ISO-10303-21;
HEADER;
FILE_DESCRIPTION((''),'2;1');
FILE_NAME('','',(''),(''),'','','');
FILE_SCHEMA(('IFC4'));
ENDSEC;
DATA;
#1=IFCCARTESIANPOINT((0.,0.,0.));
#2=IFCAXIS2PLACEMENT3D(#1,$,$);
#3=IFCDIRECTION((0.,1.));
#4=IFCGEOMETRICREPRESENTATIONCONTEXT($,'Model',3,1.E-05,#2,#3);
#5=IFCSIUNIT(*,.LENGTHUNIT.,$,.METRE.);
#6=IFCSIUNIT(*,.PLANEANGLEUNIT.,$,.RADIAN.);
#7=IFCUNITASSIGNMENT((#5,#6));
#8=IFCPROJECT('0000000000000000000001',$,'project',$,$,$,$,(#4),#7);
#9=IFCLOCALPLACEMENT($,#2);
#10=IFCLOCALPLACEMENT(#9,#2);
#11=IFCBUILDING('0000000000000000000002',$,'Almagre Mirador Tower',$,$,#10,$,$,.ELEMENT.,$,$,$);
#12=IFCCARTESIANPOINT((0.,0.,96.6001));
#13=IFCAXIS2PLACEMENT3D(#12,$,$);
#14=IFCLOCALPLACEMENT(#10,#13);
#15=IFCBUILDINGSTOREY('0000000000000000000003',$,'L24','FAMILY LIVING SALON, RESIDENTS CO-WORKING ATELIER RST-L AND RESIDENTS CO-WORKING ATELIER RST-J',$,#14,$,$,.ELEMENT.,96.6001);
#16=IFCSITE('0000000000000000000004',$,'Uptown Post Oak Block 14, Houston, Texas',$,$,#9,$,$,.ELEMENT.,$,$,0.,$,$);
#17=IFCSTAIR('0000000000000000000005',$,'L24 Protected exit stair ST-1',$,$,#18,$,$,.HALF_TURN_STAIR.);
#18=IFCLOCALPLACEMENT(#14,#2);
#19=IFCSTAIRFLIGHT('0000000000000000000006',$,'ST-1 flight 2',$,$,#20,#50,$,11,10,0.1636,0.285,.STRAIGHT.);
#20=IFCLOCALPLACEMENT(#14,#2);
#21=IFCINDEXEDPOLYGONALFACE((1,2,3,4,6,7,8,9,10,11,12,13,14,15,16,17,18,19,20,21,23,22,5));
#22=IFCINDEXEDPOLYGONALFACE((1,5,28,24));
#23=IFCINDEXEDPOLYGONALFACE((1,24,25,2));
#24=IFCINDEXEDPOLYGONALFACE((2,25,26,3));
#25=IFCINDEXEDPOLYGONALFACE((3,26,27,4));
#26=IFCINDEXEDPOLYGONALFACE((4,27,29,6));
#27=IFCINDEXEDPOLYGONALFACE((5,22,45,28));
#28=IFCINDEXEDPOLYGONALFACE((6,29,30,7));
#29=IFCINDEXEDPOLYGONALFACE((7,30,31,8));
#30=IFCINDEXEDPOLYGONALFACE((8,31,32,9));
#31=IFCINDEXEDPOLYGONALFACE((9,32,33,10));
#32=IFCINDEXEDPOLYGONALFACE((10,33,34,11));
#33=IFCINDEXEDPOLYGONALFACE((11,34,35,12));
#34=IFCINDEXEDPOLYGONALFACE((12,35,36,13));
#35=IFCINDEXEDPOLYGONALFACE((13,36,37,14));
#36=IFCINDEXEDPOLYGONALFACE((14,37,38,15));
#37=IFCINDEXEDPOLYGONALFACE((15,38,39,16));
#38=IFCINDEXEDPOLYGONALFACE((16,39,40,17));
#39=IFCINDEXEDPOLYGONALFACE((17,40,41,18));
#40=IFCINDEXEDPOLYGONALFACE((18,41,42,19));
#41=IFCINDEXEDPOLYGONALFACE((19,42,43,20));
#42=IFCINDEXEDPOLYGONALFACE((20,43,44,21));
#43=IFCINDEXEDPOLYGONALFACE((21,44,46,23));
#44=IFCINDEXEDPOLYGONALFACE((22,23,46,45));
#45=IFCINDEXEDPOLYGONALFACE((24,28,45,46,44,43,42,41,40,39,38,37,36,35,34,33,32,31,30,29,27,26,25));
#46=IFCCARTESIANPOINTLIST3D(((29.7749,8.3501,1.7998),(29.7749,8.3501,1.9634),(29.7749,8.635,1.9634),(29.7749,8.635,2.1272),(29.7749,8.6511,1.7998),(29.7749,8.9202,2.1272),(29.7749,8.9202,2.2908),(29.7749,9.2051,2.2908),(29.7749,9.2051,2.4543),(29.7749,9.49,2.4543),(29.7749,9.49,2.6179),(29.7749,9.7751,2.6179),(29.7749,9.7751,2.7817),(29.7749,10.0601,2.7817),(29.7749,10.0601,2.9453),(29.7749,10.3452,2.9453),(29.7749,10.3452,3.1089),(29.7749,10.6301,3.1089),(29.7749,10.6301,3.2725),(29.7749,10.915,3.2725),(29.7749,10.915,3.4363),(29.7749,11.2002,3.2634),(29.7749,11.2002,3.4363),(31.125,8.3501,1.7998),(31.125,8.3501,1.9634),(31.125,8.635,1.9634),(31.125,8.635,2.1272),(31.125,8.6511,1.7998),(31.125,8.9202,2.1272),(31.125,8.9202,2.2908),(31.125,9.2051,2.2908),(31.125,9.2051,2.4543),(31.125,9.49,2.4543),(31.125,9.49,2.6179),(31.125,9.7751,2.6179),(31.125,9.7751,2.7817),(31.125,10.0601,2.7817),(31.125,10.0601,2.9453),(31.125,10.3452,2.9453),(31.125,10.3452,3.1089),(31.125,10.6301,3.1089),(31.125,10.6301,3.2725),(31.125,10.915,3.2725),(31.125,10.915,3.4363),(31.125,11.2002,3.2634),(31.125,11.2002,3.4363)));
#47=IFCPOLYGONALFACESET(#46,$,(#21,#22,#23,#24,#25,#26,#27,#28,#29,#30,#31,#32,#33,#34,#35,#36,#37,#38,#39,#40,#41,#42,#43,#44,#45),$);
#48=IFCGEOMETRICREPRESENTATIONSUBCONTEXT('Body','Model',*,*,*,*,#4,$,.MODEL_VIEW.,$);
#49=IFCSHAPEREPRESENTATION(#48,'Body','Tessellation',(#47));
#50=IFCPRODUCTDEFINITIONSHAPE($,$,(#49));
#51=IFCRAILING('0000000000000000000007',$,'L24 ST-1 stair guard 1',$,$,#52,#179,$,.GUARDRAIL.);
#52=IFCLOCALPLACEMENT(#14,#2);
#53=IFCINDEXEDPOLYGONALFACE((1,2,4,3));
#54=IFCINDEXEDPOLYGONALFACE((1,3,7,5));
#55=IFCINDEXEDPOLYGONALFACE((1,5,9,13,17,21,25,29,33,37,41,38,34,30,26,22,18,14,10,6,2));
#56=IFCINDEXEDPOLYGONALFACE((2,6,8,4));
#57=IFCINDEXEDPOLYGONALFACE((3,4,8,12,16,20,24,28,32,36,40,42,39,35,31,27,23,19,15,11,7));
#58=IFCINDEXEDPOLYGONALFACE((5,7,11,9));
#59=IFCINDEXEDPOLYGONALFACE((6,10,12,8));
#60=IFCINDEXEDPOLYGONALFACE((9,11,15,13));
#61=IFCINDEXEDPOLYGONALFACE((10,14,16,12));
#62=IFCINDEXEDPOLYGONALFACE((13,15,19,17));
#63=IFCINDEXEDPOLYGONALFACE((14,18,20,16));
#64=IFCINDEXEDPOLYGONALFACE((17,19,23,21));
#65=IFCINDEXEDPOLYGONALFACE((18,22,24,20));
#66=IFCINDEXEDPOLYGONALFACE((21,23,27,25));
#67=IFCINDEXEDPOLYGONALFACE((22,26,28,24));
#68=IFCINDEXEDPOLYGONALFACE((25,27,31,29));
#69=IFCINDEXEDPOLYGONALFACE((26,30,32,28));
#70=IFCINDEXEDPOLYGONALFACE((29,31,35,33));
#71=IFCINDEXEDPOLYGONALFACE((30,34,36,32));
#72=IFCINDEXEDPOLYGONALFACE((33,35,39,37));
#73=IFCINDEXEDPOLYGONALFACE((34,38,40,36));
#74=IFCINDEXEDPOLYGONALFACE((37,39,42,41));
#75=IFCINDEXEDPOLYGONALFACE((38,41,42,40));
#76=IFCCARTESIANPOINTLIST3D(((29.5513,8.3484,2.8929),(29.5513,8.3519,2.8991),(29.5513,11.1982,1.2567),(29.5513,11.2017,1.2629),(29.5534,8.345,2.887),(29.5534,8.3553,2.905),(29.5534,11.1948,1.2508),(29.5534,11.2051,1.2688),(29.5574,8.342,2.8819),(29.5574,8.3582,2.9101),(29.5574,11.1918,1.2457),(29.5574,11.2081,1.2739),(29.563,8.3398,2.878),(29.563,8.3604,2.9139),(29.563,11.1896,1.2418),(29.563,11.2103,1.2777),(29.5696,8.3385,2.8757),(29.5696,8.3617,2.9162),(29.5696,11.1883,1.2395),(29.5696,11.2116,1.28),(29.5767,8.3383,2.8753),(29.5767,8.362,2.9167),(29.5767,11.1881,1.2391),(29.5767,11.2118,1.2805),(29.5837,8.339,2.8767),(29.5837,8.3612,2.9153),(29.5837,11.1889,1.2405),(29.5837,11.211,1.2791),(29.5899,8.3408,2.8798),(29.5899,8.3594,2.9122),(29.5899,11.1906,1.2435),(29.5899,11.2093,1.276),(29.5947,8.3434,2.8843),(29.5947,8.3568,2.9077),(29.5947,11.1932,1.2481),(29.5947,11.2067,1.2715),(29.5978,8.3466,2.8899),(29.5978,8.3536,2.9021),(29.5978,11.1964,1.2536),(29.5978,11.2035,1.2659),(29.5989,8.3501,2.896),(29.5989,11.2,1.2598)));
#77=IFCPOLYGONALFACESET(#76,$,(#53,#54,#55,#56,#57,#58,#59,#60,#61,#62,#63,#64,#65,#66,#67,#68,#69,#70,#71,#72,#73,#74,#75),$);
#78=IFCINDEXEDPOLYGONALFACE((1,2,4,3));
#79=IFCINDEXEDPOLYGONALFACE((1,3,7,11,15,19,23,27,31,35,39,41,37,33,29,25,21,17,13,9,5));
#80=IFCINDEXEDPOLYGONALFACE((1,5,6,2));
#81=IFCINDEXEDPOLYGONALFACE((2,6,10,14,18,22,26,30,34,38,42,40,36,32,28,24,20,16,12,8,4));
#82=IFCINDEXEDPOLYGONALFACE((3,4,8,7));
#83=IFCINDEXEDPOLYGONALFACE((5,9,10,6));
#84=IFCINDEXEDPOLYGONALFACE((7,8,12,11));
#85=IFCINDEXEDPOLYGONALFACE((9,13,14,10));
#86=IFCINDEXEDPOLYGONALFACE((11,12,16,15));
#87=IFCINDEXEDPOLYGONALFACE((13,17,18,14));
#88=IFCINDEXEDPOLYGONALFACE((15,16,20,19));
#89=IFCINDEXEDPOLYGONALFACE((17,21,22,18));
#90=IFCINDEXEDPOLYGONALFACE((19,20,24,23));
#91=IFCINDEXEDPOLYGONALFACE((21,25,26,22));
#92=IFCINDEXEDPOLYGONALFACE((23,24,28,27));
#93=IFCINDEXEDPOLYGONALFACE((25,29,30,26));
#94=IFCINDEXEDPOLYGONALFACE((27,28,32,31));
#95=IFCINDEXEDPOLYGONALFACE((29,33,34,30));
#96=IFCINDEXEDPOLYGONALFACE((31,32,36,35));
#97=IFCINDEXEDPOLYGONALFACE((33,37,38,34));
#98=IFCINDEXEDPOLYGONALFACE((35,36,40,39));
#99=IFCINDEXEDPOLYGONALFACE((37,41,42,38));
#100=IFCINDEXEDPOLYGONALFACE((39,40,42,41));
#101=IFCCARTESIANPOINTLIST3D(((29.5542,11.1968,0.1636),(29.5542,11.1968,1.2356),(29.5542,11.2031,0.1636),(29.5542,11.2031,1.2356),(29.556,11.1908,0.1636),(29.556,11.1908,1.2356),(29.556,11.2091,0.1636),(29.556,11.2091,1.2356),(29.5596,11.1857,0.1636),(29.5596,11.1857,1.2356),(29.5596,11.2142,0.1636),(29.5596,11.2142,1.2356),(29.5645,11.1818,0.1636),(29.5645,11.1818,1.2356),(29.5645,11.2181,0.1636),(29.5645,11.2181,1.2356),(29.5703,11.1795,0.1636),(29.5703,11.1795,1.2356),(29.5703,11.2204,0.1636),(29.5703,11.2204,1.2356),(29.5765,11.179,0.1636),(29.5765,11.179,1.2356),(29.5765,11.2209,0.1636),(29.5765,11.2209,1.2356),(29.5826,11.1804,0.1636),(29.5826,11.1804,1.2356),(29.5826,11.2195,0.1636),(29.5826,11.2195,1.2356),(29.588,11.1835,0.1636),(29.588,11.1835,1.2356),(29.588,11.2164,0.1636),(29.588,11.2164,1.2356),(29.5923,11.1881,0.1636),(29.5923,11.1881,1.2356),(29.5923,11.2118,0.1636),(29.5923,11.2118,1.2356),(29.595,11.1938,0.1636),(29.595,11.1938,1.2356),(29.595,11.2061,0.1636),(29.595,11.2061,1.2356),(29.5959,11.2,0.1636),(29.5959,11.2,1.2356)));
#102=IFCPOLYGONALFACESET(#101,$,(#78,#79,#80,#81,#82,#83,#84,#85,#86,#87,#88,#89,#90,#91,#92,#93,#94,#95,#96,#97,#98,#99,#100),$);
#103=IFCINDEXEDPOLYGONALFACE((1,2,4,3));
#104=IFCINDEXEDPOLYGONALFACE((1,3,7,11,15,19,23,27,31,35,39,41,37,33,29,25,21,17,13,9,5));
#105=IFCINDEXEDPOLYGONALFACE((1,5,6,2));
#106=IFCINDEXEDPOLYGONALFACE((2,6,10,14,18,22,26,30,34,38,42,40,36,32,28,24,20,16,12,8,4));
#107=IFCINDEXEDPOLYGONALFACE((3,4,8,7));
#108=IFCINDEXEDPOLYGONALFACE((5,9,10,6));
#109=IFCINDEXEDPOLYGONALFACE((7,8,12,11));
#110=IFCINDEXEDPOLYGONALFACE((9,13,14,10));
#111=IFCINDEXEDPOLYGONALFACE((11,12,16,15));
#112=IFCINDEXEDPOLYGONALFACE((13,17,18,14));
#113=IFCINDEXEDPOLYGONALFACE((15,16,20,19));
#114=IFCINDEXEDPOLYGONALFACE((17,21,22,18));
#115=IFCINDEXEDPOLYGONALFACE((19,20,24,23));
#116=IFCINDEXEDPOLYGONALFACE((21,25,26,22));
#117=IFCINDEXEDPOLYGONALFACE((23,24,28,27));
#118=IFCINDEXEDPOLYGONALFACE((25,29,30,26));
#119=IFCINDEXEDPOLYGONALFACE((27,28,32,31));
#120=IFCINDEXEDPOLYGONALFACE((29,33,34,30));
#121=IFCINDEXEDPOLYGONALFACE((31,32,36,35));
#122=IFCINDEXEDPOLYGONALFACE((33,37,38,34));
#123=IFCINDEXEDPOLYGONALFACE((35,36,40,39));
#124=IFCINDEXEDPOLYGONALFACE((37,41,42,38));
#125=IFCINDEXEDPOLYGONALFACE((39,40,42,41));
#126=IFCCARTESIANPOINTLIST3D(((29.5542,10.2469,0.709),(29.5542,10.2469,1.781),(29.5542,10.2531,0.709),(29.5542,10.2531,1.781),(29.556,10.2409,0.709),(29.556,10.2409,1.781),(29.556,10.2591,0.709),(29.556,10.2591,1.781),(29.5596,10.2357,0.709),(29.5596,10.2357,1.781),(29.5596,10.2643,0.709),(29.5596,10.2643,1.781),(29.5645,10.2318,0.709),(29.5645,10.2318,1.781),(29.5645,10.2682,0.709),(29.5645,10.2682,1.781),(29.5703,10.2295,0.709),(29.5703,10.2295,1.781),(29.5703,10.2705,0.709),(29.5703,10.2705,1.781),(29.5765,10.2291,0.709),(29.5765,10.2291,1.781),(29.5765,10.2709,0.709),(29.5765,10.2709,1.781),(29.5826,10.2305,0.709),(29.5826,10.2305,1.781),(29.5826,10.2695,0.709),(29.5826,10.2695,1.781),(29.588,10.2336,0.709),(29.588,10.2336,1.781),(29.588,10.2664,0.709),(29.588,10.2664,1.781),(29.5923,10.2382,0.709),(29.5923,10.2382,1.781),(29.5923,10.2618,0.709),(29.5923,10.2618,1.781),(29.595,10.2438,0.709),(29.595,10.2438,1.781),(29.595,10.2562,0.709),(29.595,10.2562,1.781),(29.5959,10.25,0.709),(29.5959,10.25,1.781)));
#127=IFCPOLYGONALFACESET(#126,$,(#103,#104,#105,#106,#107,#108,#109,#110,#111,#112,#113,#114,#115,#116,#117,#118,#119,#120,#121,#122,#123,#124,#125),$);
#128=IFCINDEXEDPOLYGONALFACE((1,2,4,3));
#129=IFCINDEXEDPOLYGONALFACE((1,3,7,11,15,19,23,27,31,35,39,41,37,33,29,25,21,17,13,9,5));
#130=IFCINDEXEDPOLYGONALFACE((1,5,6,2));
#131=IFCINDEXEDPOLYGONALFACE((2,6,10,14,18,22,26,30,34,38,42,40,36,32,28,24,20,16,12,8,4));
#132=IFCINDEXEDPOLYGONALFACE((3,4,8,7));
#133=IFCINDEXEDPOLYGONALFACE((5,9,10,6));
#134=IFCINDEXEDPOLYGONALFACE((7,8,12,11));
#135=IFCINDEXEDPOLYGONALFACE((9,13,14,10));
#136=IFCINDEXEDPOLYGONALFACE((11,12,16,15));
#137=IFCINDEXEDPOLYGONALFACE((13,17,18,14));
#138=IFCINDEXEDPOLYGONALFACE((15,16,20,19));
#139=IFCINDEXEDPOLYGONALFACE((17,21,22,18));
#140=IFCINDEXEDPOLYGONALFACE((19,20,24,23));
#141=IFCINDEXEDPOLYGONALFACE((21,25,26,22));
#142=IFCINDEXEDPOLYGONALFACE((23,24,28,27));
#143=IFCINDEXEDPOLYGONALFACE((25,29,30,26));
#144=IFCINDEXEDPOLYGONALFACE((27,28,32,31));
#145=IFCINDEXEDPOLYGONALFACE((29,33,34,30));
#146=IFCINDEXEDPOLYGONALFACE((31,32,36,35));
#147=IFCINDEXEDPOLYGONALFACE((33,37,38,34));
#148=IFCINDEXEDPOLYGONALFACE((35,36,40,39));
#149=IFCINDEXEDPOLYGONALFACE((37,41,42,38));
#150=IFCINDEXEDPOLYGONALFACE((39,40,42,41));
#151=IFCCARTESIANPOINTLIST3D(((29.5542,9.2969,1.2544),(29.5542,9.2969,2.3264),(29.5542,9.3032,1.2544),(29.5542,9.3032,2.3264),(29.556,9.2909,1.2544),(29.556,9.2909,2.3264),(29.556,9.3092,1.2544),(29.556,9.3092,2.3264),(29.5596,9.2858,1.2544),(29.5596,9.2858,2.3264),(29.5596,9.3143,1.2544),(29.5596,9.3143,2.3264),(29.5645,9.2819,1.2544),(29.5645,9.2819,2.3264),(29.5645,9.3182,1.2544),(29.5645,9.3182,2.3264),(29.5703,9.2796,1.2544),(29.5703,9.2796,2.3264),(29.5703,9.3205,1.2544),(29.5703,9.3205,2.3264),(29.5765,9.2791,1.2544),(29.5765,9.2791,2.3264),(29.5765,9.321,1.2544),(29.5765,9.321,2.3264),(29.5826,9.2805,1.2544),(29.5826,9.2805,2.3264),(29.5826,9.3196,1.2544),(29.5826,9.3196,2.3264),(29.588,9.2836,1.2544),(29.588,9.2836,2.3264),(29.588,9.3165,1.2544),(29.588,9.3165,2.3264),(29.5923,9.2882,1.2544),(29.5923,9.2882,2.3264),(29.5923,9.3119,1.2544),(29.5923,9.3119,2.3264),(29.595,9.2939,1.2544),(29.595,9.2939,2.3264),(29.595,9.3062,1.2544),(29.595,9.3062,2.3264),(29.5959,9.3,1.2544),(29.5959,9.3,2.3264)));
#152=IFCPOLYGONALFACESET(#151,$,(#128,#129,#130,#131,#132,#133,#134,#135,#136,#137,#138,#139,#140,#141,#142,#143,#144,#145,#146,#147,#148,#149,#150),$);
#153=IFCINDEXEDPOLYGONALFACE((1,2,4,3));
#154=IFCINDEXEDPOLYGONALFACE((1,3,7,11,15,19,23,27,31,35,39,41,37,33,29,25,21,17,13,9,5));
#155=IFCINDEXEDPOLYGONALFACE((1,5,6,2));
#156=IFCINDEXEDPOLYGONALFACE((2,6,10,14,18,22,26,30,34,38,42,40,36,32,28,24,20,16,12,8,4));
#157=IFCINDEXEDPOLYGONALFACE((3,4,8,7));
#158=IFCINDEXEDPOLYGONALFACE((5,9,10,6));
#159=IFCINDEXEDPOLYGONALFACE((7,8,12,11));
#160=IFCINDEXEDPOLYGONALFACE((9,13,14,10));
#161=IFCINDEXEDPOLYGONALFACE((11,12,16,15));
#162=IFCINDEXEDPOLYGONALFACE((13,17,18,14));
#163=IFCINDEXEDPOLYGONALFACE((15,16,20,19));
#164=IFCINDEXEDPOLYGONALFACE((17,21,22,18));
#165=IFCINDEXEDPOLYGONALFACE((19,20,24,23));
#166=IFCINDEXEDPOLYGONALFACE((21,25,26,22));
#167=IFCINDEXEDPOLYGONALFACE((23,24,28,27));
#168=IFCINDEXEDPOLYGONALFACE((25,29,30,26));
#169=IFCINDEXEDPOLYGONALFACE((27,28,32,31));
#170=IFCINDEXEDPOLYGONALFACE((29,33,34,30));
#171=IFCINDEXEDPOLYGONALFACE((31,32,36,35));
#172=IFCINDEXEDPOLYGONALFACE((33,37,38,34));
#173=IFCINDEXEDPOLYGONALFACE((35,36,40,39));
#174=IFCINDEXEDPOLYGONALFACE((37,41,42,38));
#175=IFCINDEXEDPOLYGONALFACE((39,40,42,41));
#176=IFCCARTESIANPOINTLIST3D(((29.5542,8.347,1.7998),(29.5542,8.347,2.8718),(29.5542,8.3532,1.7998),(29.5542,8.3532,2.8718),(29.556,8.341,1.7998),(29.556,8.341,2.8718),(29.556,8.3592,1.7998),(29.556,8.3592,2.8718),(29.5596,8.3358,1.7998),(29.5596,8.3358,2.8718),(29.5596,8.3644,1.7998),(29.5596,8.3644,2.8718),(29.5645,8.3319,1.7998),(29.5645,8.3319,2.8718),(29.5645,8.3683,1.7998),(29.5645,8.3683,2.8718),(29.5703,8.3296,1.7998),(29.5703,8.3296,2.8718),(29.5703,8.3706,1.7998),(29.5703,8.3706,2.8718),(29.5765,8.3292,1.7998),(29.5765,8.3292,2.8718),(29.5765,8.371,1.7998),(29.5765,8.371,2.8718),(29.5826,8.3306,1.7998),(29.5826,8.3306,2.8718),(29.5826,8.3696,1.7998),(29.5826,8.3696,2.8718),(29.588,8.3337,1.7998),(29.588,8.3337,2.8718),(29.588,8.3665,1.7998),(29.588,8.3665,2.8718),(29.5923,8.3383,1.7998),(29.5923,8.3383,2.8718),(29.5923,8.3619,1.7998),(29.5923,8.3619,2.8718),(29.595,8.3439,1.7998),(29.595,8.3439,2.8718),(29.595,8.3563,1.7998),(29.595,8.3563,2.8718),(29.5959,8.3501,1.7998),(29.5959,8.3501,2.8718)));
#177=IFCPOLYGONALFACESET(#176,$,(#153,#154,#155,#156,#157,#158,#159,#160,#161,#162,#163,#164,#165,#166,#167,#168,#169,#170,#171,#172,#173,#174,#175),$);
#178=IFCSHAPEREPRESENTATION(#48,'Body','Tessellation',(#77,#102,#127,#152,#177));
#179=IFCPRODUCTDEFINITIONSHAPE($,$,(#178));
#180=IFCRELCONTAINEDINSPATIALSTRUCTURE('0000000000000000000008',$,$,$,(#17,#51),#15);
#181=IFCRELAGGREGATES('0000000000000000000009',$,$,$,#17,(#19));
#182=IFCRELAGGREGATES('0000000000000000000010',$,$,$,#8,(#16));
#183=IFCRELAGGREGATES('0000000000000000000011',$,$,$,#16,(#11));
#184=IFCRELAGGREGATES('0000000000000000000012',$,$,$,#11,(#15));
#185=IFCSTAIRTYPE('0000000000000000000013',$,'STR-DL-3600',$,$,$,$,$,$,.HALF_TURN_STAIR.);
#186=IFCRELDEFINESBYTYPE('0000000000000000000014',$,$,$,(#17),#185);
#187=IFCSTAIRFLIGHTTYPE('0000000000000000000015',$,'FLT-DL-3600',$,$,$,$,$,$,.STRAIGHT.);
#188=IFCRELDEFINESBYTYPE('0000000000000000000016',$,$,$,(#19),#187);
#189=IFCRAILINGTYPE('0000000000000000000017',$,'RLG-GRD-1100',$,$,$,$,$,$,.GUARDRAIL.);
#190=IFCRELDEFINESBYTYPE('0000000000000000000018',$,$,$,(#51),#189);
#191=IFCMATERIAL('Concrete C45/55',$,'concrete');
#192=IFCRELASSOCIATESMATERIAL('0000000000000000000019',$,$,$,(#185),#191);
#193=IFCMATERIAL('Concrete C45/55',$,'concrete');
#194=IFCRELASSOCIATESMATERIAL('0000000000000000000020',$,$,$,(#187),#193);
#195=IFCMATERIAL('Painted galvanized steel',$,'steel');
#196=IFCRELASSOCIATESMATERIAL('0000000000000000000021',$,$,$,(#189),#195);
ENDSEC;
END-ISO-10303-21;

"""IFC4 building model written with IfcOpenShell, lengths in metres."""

from ifc_helpers import new_model, si_unit, direction, frame, origin, origin_2d, place, context, subcontext, project, spatial, polyline, circle, outline, extrude, material, type_object, element, aggregate, save


model = new_model("IFC4")

# Units and contexts
model_context = context("Model", 3, precision=1e-05, world=origin(), true_north=direction((0.0, 1.0)))
body_context = subcontext(model_context, "Body", "Model", "MODEL_VIEW")
ifc_project = project(units=[si_unit("LENGTHUNIT", "METRE"), si_unit("PLANEANGLEUNIT", "RADIAN")], contexts=[model_context])

# Site, building, storey
site_placement = place(None, origin())
site = spatial("IfcSite", under=ifc_project, at=site_placement, Name="Uptown Post Oak Block 14, Houston, Texas", CompositionType="ELEMENT", RefElevation=0.0)
building_placement = place(site_placement, origin())
building = spatial("IfcBuilding", under=site, at=building_placement, Name="Almagre Mirador Tower", CompositionType="ELEMENT")
storey_placement = place(building_placement, frame((0.0, 0.0, 96.6001)))
storey = spatial("IfcBuildingStorey", under=building, at=storey_placement, Name="L24", Description="FAMILY LIVING SALON, RESIDENTS CO-WORKING ATELIER RST-L AND RESIDENTS CO-WORKING ATELIER RST-J", CompositionType="ELEMENT", Elevation=96.6001)

# Stair, stair flight
ifc_material_1 = material(Name="Concrete C45/55", Category="concrete")
stair_type = type_object("IfcStairType", Name="STR-DL-3600", PredefinedType="HALF_TURN_STAIR", material=ifc_material_1)
stair_placement = place(storey_placement, origin())
stair = element("IfcStair", 1, at=stair_placement, inside=storey, type_object=stair_type, Name="L24 Protected exit stair ST-1", PredefinedType="HALF_TURN_STAIR")
ifc_material_2 = material(Name="Concrete C45/55", Category="concrete")
stair_flight_type = type_object("IfcStairFlightType", Name="FLT-DL-3600", PredefinedType="STRAIGHT", material=ifc_material_2)
stair_flight_1_placement = place(storey_placement, frame((30.45, 8.3501, 1.7998), z_axis=(0.0, 0.0, 1.0), x_axis=(0.0, 1.0, 0.0)))
stair_flight_1 = element("IfcStairFlight", 2, at=stair_flight_1_placement, type_object=stair_flight_type, Name="ST-1 flight 2", NumberOfRisers=11, NumberOfTreads=10, PredefinedType="STRAIGHT", RiserHeight=0.1636, TreadLength=0.285, context=body_context, shape_type="SweptSolid", body=[
    extrude(outline(polyline([(0.0, 0.0), (0.0, 0.1636), (0.2849, 0.1636), (0.2849, 0.3274), (0.5701, 0.3274), (0.5701, 0.491), (0.855, 0.491), (0.855, 0.6545), (1.1399, 0.6545), (1.1399, 0.8181), (1.425, 0.8181), (1.425, 0.9819), (1.71, 0.9819), (1.71, 1.1455), (1.9951, 1.1455), (1.9951, 1.3091), (2.28, 1.3091), (2.28, 1.4727), (2.5649, 1.4727), (2.5649, 1.6365), (2.8501, 1.6365), (2.8501, 1.8), (2.8501, 1.4636), (0.301, 0.0), (0.0, 0.0)])), frame((0.0, 0.675, 0.0), z_axis=(0.0, -1.0, 0.0), x_axis=(1.0, 0.0, 0.0)), (0.0, 0.0, 1.0), 1.3501),
])
aggregate(stair, [stair_flight_1])

# Railing
ifc_material_3 = material(Name="Painted galvanized steel", Category="steel")
railing_type_1 = type_object("IfcRailingType", Name="RLG-GRD-1100", PredefinedType="GUARDRAIL", material=ifc_material_3)
railing_1_placement = place(storey_placement, frame((29.575, 11.2, 0.1636)))
element("IfcRailing", 3, at=railing_1_placement, inside=storey, type_object=railing_type_1, Name="L24 ST-1 stair guard 1", PredefinedType="GUARDRAIL", context=body_context, shape_type="SweptSolid", body=[
    extrude(circle(Radius=0.0239, at=origin_2d()), frame((0.0, 0.0, 1.0962), z_axis=(0.0, -0.867226, 0.497914), x_axis=(1.0, 0.0, 0.0)), (0.0, 0.0, 1.0), 3.2861),
    extrude(circle(Radius=0.021, at=origin_2d()), origin(), (0.0, 0.0, 1.0), 1.072),
    extrude(circle(Radius=0.021, at=origin_2d()), frame((0.0, -0.95, 0.5454)), (0.0, 0.0, 1.0), 1.072),
    extrude(circle(Radius=0.021, at=origin_2d()), frame((0.0, -1.8999, 1.0908)), (0.0, 0.0, 1.0), 1.072),
    extrude(circle(Radius=0.021, at=origin_2d()), frame((0.0, -2.8499, 1.6362)), (0.0, 0.0, 1.0), 1.072),
])

save(model, "model.ifc")
